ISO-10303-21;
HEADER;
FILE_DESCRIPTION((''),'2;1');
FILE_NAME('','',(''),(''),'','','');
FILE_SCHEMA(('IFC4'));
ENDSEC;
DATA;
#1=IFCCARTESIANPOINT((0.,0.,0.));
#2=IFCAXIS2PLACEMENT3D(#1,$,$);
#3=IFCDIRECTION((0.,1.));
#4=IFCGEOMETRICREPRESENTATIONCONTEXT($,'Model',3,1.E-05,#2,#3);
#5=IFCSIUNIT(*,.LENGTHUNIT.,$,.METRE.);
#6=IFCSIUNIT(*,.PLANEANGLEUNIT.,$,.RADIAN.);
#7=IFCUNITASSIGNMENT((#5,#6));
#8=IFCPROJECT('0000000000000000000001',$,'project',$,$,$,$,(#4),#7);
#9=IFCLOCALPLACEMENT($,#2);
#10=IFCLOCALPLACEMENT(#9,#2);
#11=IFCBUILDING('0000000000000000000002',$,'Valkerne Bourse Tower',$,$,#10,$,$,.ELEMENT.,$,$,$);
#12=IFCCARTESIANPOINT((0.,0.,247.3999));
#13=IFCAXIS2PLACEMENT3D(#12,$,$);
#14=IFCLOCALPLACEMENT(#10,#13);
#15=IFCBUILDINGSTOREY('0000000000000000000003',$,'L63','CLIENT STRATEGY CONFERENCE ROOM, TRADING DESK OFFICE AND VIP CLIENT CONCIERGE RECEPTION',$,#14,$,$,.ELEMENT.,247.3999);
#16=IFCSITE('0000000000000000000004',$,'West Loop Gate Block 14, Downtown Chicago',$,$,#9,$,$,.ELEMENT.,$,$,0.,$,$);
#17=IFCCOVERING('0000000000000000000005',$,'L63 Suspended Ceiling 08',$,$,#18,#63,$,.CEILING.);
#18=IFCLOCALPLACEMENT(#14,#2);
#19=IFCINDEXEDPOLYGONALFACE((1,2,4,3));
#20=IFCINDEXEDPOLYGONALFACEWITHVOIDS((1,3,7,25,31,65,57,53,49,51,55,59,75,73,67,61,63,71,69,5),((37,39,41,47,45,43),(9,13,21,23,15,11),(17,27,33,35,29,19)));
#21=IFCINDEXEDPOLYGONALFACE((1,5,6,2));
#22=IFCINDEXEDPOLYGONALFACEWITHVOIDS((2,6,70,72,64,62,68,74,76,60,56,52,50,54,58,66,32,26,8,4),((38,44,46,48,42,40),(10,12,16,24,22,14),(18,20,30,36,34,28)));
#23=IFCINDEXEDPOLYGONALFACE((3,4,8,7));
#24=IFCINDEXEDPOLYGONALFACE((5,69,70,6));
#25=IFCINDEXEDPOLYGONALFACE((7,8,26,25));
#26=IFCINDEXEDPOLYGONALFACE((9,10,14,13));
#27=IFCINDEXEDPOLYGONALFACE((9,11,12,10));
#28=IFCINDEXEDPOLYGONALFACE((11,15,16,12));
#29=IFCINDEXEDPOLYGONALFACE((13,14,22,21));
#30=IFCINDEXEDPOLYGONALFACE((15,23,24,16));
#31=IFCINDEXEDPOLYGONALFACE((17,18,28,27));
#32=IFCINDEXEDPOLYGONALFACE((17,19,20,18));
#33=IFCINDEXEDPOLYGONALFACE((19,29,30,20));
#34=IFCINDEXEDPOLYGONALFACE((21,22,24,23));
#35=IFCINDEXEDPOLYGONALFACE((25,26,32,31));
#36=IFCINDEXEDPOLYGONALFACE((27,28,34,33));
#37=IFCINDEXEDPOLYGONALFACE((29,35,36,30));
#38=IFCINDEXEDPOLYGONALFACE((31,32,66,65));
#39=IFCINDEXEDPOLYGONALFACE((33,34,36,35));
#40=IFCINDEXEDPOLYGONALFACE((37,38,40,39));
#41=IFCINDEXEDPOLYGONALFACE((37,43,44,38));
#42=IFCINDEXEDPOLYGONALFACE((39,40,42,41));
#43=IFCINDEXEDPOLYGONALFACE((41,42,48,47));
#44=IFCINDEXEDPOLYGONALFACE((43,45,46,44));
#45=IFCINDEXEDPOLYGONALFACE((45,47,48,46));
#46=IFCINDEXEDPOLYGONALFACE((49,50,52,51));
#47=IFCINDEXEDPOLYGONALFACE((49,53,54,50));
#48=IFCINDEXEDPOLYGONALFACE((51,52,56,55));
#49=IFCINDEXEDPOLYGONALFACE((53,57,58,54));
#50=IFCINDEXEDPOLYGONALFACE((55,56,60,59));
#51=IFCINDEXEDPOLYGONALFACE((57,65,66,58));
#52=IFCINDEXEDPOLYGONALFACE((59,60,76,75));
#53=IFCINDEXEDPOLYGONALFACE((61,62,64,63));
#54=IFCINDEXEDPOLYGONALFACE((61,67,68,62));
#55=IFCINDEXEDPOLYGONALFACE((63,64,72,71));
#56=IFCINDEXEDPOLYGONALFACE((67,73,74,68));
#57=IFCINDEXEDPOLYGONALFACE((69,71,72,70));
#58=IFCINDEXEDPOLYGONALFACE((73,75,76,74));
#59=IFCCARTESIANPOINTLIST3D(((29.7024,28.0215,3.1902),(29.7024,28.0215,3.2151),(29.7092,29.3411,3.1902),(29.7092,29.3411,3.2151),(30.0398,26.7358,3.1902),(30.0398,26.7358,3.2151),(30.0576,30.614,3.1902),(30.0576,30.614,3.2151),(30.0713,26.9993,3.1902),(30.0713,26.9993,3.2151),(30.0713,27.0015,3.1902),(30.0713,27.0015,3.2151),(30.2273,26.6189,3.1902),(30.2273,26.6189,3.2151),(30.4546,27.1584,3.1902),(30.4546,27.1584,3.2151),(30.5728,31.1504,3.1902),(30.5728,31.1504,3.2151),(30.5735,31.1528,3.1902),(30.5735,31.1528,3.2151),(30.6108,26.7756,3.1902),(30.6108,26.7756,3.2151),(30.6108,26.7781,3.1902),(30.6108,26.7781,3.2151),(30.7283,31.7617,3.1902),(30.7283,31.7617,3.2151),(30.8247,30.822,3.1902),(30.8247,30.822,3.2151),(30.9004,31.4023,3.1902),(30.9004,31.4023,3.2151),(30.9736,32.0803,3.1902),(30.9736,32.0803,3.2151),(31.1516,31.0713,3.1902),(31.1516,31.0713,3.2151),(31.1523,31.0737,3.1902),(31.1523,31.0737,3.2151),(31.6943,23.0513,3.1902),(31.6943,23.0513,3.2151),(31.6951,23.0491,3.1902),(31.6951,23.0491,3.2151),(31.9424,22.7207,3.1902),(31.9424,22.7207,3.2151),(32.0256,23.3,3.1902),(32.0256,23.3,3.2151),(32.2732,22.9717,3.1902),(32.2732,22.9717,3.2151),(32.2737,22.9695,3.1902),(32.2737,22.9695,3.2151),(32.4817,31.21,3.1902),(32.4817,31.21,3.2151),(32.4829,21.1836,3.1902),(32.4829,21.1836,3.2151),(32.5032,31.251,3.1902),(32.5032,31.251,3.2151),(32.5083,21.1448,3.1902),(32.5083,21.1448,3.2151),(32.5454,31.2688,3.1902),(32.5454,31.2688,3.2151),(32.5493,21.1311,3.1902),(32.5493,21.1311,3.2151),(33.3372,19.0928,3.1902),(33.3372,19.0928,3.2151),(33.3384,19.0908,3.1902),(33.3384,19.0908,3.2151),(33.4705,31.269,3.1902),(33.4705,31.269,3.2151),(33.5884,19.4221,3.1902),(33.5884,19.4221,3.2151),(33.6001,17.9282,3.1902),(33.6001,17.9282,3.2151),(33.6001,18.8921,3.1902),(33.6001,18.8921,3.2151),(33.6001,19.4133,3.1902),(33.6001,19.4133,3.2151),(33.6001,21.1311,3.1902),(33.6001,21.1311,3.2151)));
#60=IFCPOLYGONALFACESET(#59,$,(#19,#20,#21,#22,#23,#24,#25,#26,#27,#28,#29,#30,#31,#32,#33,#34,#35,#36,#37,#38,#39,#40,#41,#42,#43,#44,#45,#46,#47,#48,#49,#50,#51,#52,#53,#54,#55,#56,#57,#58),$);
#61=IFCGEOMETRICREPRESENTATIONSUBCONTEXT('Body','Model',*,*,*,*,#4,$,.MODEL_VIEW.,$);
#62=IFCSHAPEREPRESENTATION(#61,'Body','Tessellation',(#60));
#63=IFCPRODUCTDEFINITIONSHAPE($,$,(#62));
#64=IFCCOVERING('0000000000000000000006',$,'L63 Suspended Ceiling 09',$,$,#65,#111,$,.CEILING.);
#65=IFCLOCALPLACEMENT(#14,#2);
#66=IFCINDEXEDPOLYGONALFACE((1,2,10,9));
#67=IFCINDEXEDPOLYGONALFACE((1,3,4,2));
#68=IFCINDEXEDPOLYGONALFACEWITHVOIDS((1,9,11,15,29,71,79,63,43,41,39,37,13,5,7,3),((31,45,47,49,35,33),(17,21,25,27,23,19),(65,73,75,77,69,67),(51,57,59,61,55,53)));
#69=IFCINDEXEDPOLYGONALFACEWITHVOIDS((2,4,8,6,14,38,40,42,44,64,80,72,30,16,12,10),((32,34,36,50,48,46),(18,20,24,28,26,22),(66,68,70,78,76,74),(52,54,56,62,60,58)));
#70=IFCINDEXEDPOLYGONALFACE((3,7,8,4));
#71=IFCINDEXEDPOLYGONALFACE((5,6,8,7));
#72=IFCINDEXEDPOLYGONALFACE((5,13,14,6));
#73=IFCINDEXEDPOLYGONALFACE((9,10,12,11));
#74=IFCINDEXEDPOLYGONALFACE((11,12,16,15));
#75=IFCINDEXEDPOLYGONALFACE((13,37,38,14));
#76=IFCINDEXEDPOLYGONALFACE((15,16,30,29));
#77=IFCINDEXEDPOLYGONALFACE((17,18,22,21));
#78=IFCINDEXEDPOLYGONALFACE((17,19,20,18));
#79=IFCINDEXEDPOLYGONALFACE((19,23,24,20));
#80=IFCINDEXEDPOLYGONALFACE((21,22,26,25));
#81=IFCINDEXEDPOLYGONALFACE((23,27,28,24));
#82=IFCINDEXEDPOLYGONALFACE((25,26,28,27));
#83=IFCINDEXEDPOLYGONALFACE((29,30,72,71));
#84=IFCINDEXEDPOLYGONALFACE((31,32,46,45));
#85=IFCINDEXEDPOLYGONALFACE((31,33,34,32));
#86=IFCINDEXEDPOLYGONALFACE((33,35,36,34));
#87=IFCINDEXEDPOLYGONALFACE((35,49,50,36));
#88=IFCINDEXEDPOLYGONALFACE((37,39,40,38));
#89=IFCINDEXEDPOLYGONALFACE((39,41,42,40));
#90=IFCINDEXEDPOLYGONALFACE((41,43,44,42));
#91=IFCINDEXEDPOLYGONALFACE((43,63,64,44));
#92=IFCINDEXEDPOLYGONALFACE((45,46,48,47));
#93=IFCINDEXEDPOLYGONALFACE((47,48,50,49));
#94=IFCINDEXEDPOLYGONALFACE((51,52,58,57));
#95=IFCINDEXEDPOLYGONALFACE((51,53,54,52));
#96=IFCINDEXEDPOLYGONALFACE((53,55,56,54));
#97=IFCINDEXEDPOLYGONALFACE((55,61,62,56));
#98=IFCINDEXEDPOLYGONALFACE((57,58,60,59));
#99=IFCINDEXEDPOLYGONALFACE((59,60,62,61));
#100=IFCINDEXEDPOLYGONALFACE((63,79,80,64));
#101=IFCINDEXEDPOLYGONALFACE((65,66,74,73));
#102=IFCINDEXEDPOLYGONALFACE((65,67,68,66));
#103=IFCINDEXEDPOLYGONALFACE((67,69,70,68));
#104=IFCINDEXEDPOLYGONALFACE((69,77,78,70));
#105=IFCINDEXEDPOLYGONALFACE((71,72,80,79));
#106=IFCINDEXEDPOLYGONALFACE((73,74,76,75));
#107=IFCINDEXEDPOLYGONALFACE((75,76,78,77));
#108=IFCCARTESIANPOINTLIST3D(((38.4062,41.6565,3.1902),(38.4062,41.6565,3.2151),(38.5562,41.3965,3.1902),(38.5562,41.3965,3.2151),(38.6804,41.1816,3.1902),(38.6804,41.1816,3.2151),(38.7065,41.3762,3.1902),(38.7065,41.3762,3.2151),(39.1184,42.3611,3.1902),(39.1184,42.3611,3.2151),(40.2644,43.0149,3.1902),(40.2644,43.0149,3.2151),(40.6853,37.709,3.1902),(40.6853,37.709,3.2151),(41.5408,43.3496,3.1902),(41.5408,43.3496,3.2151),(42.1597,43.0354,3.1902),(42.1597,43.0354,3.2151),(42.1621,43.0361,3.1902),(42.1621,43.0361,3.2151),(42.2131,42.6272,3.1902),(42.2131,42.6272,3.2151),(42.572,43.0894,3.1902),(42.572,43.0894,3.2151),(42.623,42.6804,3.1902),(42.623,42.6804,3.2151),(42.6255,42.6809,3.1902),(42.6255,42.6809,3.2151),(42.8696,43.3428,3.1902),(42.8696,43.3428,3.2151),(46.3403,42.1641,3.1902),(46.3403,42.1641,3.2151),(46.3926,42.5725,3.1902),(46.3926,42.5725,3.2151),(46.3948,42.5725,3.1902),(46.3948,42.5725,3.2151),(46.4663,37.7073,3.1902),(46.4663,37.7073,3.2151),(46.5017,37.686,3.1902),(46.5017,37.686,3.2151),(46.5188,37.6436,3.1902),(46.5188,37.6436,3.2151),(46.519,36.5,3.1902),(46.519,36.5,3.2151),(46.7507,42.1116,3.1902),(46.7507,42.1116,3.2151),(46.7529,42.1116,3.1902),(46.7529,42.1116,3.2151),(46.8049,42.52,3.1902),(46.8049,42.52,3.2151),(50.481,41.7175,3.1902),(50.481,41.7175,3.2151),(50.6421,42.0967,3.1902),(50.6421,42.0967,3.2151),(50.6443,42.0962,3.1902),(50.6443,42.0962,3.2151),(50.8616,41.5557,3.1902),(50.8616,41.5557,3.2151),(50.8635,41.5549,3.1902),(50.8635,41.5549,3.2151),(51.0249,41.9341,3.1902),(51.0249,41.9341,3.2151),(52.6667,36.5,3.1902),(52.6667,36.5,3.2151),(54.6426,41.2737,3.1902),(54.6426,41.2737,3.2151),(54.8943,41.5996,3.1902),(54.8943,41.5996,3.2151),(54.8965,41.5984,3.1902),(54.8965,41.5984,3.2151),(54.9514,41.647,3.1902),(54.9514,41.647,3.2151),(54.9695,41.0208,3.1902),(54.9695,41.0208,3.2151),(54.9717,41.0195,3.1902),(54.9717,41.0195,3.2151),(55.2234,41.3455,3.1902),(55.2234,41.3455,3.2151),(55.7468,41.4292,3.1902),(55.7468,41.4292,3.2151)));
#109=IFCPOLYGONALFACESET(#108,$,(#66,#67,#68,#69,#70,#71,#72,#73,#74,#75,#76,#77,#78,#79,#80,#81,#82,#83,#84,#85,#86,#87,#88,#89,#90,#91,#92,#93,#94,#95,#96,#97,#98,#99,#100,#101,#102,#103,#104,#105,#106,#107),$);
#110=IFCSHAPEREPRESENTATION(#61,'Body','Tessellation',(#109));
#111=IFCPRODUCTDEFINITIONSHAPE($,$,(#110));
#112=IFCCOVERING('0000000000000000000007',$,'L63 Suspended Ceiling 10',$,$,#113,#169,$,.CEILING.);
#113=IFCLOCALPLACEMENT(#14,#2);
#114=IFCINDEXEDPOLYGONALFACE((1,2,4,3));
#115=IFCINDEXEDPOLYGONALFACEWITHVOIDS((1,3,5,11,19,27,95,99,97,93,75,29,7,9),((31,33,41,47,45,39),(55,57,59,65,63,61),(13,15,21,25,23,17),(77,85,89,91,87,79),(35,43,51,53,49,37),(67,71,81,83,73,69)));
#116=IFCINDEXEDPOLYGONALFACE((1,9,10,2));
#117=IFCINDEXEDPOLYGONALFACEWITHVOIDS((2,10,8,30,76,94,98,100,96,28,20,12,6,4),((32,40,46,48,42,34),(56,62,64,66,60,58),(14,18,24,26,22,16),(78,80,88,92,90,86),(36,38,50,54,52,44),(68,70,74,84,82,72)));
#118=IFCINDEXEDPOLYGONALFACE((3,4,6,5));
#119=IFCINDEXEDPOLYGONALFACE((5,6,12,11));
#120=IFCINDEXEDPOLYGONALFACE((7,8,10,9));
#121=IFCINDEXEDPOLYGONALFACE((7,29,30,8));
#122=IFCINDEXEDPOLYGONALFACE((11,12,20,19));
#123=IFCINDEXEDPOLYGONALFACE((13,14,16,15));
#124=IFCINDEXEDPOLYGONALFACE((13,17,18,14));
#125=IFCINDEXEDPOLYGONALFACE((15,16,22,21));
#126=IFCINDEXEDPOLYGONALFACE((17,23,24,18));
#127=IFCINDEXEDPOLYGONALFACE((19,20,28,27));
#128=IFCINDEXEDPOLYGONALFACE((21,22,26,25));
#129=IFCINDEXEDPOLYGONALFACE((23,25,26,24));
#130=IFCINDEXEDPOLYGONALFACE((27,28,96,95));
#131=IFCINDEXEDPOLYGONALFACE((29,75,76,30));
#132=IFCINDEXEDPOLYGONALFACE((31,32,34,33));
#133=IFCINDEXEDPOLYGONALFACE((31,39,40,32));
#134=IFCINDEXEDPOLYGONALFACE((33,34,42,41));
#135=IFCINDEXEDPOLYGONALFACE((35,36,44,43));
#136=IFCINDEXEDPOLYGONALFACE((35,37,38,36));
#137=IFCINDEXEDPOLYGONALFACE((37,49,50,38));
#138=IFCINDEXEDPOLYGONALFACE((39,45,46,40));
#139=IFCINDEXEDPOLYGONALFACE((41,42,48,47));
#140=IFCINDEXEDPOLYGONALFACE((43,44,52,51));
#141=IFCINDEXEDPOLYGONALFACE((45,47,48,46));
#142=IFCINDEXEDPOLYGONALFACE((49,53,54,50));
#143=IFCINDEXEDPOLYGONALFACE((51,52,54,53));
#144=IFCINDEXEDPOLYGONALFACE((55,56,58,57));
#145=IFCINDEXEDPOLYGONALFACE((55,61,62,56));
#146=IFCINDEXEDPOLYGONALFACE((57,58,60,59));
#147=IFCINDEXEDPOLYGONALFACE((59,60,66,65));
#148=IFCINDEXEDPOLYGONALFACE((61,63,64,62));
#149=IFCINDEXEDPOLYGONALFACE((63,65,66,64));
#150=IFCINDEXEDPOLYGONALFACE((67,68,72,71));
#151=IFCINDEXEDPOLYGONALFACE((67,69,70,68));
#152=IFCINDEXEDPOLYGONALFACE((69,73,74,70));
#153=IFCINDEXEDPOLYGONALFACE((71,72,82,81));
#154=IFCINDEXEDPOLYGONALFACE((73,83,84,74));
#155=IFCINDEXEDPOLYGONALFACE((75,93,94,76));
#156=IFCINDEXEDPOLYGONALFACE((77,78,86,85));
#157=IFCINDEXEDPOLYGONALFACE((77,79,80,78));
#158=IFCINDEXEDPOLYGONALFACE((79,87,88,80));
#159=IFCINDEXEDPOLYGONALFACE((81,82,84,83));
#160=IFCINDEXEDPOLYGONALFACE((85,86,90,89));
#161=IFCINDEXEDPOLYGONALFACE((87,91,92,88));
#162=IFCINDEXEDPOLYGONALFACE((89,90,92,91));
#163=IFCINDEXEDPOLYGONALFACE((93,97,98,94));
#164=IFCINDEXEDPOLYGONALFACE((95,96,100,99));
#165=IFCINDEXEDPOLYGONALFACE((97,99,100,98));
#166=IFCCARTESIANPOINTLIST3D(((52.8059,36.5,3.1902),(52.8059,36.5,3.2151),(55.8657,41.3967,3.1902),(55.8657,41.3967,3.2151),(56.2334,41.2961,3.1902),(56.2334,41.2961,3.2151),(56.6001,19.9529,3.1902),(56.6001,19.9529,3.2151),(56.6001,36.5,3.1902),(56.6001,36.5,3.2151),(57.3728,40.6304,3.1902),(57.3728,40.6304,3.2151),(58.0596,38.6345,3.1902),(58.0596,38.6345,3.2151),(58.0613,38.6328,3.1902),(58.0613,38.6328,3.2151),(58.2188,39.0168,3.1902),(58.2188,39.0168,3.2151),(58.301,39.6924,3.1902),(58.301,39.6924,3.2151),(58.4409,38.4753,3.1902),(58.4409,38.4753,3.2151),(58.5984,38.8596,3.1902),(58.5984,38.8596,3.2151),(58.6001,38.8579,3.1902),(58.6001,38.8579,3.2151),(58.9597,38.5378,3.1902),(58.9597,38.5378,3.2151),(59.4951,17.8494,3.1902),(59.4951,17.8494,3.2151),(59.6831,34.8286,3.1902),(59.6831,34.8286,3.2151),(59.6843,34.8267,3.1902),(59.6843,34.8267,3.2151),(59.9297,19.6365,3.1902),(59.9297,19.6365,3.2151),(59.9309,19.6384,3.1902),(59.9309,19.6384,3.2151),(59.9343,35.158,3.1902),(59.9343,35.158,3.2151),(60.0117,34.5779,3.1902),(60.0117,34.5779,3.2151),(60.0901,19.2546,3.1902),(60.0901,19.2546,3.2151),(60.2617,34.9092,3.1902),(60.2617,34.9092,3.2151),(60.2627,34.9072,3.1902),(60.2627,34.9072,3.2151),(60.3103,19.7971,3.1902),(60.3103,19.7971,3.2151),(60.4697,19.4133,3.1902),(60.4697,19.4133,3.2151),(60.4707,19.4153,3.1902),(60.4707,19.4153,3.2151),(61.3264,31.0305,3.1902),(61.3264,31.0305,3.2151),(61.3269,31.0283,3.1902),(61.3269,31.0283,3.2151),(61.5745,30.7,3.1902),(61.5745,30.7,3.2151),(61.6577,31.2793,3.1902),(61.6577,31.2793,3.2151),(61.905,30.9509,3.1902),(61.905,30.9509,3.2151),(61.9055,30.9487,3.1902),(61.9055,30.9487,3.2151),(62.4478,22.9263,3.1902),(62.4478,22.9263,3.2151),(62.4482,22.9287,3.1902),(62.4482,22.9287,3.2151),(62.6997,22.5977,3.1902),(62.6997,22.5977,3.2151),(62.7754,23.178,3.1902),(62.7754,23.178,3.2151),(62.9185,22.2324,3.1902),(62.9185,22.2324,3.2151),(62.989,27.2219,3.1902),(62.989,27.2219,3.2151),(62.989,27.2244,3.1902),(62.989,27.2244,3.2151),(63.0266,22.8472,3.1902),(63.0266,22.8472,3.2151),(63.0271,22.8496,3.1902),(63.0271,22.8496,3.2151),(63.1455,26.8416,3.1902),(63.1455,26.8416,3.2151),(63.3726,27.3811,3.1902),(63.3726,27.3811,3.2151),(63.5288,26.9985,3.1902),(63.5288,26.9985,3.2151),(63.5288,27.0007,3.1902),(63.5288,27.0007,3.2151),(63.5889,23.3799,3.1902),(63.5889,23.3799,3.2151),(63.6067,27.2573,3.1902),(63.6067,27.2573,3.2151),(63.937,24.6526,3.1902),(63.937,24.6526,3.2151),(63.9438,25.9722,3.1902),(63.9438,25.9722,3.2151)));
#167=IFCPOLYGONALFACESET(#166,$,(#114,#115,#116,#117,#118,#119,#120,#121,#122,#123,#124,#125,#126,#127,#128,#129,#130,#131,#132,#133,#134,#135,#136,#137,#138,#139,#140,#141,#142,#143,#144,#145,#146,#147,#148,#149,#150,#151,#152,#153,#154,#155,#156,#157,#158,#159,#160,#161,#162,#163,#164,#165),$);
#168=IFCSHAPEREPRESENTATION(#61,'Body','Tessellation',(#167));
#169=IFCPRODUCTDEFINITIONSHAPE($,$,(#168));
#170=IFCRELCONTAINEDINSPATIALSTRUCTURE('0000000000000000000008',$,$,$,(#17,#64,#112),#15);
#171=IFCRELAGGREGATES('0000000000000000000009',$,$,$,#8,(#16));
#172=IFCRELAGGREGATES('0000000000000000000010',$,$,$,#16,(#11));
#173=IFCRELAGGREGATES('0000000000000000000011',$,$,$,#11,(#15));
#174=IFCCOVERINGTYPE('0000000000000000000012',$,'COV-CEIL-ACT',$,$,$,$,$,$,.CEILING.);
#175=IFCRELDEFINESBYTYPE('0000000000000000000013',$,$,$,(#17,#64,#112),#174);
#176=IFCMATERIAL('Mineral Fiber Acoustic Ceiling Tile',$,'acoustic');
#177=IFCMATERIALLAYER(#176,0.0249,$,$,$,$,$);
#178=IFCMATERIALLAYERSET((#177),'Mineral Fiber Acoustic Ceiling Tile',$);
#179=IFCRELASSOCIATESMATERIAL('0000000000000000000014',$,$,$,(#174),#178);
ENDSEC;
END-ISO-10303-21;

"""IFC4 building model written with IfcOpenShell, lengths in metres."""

from ifc_helpers import new_model, si_unit, direction, frame, origin, place, context, subcontext, project, spatial, polyline, outline, extrude, material, layer, layer_set, type_object, element, save


model = new_model("IFC4")

# Units and contexts
model_context = context("Model", 3, precision=1e-05, world=origin(), true_north=direction((0.0, 1.0)))
body_context = subcontext(model_context, "Body", "Model", "MODEL_VIEW")
ifc_project = project(units=[si_unit("LENGTHUNIT", "METRE"), si_unit("PLANEANGLEUNIT", "RADIAN")], contexts=[model_context])

# Site, building, storey
site_placement = place(None, origin())
site = spatial("IfcSite", under=ifc_project, at=site_placement, Name="West Loop Gate Block 14, Downtown Chicago", CompositionType="ELEMENT", RefElevation=0.0)
building_placement = place(site_placement, origin())
building = spatial("IfcBuilding", under=site, at=building_placement, Name="Valkerne Bourse Tower", CompositionType="ELEMENT")
storey_placement = place(building_placement, frame((0.0, 0.0, 247.3999)))
storey = spatial("IfcBuildingStorey", under=building, at=storey_placement, Name="L63", Description="CLIENT STRATEGY CONFERENCE ROOM, TRADING DESK OFFICE AND VIP CLIENT CONCIERGE RECEPTION", CompositionType="ELEMENT", Elevation=247.3999)

# Coverings
ifc_material_1 = material(Name="Mineral Fiber Acoustic Ceiling Tile", Category="acoustic")
ifc_layer_1 = layer(ifc_material_1, 0.0249)
ifc_layer_set_1 = layer_set([ifc_layer_1], Name="Mineral Fiber Acoustic Ceiling Tile")
covering_type_1 = type_object("IfcCoveringType", Name="COV-CEIL-ACT", PredefinedType="CEILING", material=ifc_layer_set_1)
covering_1_placement = place(storey_placement, frame((0.0, 0.0, 3.1902)))
element("IfcCovering", 1, at=covering_1_placement, inside=storey, type_object=covering_type_1, Name="L63 Suspended Ceiling 08", PredefinedType="CEILING", context=body_context, shape_type="SweptSolid", body=[
    extrude(outline(polyline([(29.7092, 29.3411), (30.0576, 30.614), (30.7283, 31.7617), (30.9736, 32.0803), (33.4705, 31.269), (32.5454, 31.2688), (32.5032, 31.251), (32.4817, 31.21), (32.4829, 21.1836), (32.5083, 21.1448), (32.5493, 21.1311), (33.6001, 21.1311), (33.6001, 19.4133), (33.5884, 19.4221), (33.3372, 19.0928), (33.3384, 19.0908), (33.6001, 18.8921), (33.6001, 17.9282), (30.0398, 26.7358), (29.7024, 28.0215), (29.7092, 29.3411)]), holes=[polyline([(32.2732, 22.9717), (32.0256, 23.3), (31.6943, 23.0513), (31.6951, 23.0491), (31.9424, 22.7207), (32.2737, 22.9695), (32.2732, 22.9717)]), polyline([(30.6108, 26.7781), (30.4546, 27.1584), (30.0713, 27.0015), (30.0713, 26.9993), (30.2273, 26.6189), (30.6108, 26.7756), (30.6108, 26.7781)]), polyline([(31.1523, 31.0737), (30.9004, 31.4023), (30.5735, 31.1528), (30.5728, 31.1504), (30.8247, 30.822), (31.1516, 31.0713), (31.1523, 31.0737)])]), origin(), (0.0, 0.0, 1.0), 0.0249),
])
covering_2_placement = place(storey_placement, frame((0.0, 0.0, 3.1902)))
element("IfcCovering", 2, at=covering_2_placement, inside=storey, type_object=covering_type_1, Name="L63 Suspended Ceiling 09", PredefinedType="CEILING", context=body_context, shape_type="SweptSolid", body=[
    extrude(outline(polyline([(41.5408, 43.3496), (42.8696, 43.3428), (54.9514, 41.647), (55.7468, 41.4292), (52.6667, 36.5), (46.519, 36.5), (46.5188, 37.6436), (46.5017, 37.686), (46.4663, 37.7073), (40.6853, 37.709), (38.6804, 41.1816), (38.7065, 41.3762), (38.5562, 41.3965), (38.4062, 41.6565), (39.1184, 42.3611), (40.2644, 43.0149), (41.5408, 43.3496)]), holes=[polyline([(46.7529, 42.1116), (46.8049, 42.52), (46.3948, 42.5725), (46.3926, 42.5725), (46.3403, 42.1641), (46.7507, 42.1116), (46.7529, 42.1116)]), polyline([(42.6255, 42.6809), (42.572, 43.0894), (42.1621, 43.0361), (42.1597, 43.0354), (42.2131, 42.6272), (42.623, 42.6804), (42.6255, 42.6809)]), polyline([(54.8965, 41.5984), (54.8943, 41.5996), (54.6426, 41.2737), (54.9695, 41.0208), (54.9717, 41.0195), (55.2234, 41.3455), (54.8965, 41.5984)]), polyline([(51.0249, 41.9341), (50.6443, 42.0962), (50.6421, 42.0967), (50.481, 41.7175), (50.8616, 41.5557), (50.8635, 41.5549), (51.0249, 41.9341)])]), origin(), (0.0, 0.0, 1.0), 0.0249),
])
covering_3_placement = place(storey_placement, frame((0.0, 0.0, 3.1902)))
element("IfcCovering", 3, at=covering_3_placement, inside=storey, type_object=covering_type_1, Name="L63 Suspended Ceiling 10", PredefinedType="CEILING", context=body_context, shape_type="SweptSolid", body=[
    extrude(outline(polyline([(58.301, 39.6924), (58.9597, 38.5378), (63.6067, 27.2573), (63.9438, 25.9722), (63.937, 24.6526), (63.5889, 23.3799), (62.9185, 22.2324), (59.4951, 17.8494), (56.6001, 19.9529), (56.6001, 36.5), (52.8059, 36.5), (55.8657, 41.3967), (56.2334, 41.2961), (57.3728, 40.6304), (58.301, 39.6924)]), holes=[polyline([(60.4707, 19.4153), (60.3103, 19.7971), (59.9309, 19.6384), (59.9297, 19.6365), (60.0901, 19.2546), (60.4697, 19.4133), (60.4707, 19.4153)]), polyline([(63.0271, 22.8496), (62.7754, 23.178), (62.4482, 22.9287), (62.4478, 22.9263), (62.6997, 22.5977), (63.0266, 22.8472), (63.0271, 22.8496)]), polyline([(63.5288, 27.0007), (63.3726, 27.3811), (62.989, 27.2244), (62.989, 27.2219), (63.1455, 26.8416), (63.5288, 26.9985), (63.5288, 27.0007)]), polyline([(61.905, 30.9509), (61.6577, 31.2793), (61.3264, 31.0305), (61.3269, 31.0283), (61.5745, 30.7), (61.9055, 30.9487), (61.905, 30.9509)]), polyline([(60.2617, 34.9092), (59.9343, 35.158), (59.6831, 34.8286), (59.6843, 34.8267), (60.0117, 34.5779), (60.2627, 34.9072), (60.2617, 34.9092)]), polyline([(58.5984, 38.8596), (58.2188, 39.0168), (58.0596, 38.6345), (58.0613, 38.6328), (58.4409, 38.4753), (58.6001, 38.8579), (58.5984, 38.8596)])]), origin(), (0.0, 0.0, 1.0), 0.0249),
])

save(model, "model.ifc")
